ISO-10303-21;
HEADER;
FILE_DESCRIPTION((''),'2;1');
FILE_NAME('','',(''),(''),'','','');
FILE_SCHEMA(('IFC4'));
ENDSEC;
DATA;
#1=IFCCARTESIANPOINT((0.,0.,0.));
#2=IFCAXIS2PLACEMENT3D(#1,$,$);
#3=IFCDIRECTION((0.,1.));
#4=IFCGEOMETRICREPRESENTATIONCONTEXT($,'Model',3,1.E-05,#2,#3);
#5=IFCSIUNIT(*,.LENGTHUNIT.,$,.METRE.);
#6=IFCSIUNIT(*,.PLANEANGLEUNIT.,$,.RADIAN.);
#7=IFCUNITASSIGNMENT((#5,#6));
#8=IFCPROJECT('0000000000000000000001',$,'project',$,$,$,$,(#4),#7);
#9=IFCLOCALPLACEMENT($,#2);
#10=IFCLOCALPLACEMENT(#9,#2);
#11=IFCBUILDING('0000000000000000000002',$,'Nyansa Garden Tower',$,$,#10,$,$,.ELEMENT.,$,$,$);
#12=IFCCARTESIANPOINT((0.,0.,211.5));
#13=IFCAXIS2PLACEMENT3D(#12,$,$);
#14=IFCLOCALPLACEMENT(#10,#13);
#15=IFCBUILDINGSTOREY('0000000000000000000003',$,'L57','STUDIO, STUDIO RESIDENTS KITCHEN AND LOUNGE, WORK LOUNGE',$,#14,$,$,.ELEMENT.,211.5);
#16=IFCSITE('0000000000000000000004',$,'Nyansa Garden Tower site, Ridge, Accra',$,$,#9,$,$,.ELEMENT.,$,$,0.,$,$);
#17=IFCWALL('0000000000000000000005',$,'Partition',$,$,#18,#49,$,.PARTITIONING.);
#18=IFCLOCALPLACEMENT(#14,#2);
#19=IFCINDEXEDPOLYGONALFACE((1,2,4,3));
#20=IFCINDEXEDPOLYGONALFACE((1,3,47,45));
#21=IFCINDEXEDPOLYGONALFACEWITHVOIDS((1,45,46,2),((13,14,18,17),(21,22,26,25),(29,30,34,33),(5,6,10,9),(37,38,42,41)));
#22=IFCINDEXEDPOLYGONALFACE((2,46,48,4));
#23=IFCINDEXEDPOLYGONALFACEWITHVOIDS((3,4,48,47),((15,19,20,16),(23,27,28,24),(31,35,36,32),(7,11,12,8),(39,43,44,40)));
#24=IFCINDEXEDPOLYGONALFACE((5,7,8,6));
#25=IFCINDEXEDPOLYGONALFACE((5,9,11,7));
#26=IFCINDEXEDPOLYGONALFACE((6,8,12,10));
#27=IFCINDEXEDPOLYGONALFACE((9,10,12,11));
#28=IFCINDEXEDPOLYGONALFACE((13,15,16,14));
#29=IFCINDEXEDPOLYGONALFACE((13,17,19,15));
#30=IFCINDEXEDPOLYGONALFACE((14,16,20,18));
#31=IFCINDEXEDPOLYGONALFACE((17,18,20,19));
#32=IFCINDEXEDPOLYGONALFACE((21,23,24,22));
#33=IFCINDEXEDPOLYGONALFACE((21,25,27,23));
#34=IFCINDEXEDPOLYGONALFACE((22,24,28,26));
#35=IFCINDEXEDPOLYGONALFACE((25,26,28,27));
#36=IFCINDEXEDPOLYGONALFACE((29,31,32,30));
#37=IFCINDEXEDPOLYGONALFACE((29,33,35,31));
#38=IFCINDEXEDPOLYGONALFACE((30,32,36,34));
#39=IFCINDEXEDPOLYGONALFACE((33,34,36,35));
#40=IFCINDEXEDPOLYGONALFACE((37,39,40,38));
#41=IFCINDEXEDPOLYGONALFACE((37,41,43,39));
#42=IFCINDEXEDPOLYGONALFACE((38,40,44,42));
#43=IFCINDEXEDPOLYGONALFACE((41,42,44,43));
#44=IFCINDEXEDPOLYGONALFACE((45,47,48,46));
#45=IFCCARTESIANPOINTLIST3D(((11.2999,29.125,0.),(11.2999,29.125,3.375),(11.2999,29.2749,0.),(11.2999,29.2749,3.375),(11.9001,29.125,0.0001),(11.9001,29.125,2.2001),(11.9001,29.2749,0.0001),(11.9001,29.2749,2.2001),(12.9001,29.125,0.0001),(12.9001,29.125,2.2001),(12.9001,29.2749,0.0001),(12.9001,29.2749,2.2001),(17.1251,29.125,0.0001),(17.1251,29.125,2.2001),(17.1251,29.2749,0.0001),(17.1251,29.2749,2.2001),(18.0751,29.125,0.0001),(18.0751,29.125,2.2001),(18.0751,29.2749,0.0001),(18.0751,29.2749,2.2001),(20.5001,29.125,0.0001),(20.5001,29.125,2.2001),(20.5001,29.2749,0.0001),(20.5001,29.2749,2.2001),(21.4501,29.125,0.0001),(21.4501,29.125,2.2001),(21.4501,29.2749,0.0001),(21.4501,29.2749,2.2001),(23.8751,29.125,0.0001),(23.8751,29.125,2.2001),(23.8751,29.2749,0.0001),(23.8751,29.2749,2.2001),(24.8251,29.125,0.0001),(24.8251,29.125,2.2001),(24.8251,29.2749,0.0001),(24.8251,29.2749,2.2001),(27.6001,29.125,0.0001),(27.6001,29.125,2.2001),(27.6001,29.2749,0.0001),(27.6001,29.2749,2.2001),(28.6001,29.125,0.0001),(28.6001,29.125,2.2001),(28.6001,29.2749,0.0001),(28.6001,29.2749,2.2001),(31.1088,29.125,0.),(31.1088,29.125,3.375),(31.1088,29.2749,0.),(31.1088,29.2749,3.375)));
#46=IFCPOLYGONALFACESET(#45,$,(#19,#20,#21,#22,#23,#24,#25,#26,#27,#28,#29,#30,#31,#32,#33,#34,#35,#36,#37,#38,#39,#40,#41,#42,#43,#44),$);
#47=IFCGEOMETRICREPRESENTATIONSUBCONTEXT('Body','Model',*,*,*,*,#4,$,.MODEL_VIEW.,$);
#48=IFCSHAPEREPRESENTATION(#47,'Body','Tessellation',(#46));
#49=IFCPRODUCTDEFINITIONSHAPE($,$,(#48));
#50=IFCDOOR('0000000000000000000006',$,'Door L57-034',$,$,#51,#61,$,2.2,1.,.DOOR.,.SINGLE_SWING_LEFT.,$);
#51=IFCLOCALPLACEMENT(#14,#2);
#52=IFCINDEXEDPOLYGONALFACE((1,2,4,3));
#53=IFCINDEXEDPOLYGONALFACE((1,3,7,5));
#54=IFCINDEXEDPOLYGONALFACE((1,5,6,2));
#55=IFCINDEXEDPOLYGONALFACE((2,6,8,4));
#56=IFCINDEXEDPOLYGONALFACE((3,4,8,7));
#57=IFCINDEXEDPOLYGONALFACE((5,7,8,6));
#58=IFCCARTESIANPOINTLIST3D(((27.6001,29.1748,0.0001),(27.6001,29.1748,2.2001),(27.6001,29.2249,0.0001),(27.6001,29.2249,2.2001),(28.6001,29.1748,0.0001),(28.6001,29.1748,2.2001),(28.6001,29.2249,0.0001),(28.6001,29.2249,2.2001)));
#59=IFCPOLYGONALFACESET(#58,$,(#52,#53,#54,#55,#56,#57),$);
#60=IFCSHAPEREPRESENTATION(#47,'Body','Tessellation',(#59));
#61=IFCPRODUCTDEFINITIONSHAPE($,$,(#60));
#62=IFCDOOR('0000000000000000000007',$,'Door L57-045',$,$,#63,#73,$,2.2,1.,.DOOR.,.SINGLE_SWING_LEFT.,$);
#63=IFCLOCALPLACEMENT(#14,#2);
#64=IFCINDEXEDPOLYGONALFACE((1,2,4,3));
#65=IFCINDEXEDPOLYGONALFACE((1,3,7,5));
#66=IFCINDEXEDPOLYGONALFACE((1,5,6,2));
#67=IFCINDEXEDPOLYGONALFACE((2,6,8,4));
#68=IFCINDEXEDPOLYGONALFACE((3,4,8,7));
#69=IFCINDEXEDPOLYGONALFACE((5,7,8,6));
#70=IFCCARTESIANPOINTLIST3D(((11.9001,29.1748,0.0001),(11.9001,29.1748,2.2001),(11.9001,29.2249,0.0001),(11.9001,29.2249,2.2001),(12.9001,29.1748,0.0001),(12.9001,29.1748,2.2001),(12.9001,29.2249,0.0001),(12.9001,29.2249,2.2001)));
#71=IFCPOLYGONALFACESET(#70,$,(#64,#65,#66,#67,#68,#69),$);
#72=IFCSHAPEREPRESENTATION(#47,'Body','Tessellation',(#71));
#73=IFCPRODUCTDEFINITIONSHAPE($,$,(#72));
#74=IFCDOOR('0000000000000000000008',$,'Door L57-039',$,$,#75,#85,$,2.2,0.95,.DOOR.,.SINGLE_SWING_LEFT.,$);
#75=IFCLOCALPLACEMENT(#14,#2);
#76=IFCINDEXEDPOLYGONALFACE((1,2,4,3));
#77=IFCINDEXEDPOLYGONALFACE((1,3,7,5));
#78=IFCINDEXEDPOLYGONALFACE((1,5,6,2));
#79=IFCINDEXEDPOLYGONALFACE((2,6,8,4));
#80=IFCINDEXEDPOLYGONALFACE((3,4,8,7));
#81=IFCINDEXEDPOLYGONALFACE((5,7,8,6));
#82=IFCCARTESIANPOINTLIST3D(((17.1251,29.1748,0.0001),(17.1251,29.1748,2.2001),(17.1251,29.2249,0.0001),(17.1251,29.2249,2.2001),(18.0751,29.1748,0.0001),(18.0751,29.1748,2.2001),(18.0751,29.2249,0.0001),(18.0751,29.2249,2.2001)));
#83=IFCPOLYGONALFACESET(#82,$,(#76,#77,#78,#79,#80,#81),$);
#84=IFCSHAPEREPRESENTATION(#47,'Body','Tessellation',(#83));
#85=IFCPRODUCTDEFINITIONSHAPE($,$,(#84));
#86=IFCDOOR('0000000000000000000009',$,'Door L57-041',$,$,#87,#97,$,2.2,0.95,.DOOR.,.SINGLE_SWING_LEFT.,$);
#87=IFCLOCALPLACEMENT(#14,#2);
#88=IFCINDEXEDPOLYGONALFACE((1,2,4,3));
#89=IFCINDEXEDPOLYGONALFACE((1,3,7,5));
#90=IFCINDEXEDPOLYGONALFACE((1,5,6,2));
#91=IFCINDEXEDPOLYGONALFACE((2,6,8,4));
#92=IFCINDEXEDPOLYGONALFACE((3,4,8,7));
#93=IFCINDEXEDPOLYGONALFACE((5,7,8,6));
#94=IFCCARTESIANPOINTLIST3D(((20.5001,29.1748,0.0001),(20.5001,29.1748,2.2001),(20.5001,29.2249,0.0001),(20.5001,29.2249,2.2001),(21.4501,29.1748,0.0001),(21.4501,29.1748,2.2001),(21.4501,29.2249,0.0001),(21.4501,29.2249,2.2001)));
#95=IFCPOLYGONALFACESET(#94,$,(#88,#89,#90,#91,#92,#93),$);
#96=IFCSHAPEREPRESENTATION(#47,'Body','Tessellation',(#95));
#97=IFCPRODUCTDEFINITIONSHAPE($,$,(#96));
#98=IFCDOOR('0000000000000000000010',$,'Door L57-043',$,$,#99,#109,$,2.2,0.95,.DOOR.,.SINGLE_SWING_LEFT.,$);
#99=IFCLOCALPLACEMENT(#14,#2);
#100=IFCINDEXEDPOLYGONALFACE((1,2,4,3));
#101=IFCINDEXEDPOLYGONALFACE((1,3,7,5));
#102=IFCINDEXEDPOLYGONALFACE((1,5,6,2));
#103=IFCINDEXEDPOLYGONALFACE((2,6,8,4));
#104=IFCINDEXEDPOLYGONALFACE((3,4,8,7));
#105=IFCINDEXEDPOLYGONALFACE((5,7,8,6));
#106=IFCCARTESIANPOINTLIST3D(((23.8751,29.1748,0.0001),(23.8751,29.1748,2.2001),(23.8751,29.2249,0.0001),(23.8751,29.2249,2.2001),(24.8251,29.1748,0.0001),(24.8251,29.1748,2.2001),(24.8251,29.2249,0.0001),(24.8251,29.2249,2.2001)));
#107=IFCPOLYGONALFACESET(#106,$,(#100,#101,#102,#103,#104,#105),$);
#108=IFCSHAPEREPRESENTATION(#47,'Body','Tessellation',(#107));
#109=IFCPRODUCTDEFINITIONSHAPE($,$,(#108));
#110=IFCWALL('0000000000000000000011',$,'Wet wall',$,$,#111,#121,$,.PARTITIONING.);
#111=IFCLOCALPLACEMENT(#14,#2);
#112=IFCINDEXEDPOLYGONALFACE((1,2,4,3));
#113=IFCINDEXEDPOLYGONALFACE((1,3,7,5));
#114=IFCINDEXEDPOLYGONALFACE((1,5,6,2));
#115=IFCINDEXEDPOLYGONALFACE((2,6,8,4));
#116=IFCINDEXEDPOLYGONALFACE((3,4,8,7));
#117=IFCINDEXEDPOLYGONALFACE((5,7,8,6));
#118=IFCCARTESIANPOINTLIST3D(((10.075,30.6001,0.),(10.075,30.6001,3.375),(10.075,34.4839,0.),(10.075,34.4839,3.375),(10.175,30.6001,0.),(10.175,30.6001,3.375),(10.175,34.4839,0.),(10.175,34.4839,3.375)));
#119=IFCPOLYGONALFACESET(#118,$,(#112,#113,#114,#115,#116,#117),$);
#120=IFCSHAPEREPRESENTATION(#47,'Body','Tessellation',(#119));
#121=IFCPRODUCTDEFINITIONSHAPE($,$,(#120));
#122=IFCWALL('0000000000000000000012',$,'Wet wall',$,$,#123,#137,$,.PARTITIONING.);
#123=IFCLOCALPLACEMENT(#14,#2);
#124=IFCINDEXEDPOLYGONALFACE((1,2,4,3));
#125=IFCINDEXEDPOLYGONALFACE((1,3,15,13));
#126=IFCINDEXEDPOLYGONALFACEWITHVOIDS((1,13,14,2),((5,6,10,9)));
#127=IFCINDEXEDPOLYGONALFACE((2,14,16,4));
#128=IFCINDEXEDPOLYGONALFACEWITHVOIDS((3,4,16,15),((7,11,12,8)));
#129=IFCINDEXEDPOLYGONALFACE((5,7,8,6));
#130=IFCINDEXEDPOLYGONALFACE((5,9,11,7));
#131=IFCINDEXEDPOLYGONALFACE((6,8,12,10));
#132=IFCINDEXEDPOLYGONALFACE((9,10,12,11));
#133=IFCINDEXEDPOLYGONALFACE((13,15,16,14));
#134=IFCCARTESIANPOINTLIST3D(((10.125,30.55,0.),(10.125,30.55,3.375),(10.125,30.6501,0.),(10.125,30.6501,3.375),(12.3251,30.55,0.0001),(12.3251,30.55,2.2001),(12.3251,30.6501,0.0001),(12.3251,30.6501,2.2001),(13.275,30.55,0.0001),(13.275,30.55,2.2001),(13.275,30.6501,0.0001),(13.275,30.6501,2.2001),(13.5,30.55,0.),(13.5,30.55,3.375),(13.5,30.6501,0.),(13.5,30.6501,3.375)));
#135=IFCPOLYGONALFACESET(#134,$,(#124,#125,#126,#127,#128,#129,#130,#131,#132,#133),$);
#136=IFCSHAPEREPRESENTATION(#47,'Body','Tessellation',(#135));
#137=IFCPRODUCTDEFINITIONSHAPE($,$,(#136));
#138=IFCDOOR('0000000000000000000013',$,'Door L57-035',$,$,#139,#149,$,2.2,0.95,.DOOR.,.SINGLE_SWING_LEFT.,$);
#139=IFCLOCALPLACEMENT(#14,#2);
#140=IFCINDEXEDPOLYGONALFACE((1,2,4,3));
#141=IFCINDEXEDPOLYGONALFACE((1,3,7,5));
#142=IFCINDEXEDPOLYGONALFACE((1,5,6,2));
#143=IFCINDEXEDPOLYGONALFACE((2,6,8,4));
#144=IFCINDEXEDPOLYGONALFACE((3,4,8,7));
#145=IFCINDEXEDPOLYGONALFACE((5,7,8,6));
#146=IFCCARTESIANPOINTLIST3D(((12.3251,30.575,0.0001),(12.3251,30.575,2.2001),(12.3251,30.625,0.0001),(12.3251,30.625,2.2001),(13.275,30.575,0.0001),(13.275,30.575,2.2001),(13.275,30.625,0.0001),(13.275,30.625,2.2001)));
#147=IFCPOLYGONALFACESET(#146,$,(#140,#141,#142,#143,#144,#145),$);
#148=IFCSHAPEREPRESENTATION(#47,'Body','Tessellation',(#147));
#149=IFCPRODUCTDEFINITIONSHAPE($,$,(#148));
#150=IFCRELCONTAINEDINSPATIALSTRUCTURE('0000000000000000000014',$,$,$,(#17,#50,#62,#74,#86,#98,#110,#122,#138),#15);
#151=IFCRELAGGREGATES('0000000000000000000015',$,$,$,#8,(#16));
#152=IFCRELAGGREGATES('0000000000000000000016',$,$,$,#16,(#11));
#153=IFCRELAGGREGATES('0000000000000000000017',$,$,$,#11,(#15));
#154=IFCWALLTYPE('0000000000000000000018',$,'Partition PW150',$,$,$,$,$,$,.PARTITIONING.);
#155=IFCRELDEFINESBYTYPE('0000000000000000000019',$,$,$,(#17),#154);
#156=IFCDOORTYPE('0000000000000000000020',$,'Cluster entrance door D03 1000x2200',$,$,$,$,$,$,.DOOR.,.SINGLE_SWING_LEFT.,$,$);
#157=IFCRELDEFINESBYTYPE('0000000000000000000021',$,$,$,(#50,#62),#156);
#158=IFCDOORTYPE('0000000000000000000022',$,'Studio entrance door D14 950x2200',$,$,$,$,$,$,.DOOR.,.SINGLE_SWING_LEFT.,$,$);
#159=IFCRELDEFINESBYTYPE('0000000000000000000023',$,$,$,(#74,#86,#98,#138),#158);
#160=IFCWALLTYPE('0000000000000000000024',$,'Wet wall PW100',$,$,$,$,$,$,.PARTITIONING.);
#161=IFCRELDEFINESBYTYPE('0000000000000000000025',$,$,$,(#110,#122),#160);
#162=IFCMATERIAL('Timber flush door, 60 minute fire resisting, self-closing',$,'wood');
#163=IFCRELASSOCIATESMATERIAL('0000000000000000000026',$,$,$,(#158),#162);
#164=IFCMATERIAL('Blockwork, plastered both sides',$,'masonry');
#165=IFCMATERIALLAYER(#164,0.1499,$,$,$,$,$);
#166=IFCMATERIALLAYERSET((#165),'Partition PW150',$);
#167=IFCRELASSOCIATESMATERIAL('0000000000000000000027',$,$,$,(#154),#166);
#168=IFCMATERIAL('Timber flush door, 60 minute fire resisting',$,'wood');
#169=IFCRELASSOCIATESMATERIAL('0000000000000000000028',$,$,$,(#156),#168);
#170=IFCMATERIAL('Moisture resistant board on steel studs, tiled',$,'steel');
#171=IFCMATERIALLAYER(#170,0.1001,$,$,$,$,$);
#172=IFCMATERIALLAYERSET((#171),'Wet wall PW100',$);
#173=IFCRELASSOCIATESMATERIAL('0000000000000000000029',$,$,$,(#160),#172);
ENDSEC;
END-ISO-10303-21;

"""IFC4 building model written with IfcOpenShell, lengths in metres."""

from ifc_helpers import new_model, si_unit, direction, frame, frame_2d, origin, place, context, subcontext, project, spatial, rectangle, extrude, material, layer, layer_set, type_object, element, fill, save


model = new_model("IFC4")

# Units and contexts
model_context = context("Model", 3, precision=1e-05, world=origin(), true_north=direction((0.0, 1.0)))
body_context = subcontext(model_context, "Body", "Model", "MODEL_VIEW")
ifc_project = project(units=[si_unit("LENGTHUNIT", "METRE"), si_unit("PLANEANGLEUNIT", "RADIAN")], contexts=[model_context])

# Site, building, storey
site_placement = place(None, origin())
site = spatial("IfcSite", under=ifc_project, at=site_placement, Name="Nyansa Garden Tower site, Ridge, Accra", CompositionType="ELEMENT", RefElevation=0.0)
building_placement = place(site_placement, origin())
building = spatial("IfcBuilding", under=site, at=building_placement, Name="Nyansa Garden Tower", CompositionType="ELEMENT")
storey_placement = place(building_placement, frame((0.0, 0.0, 211.5)))
storey = spatial("IfcBuildingStorey", under=building, at=storey_placement, Name="L57", Description="STUDIO, STUDIO RESIDENTS KITCHEN AND LOUNGE, WORK LOUNGE", CompositionType="ELEMENT", Elevation=211.5)

# Shared definitions
ifc_material_1 = material(Name="Timber flush door, 60 minute fire resisting, self-closing", Category="wood")
door_type_1 = type_object("IfcDoorType", Name="Studio entrance door D14 950x2200", OperationType="SINGLE_SWING_LEFT", PredefinedType="DOOR", material=ifc_material_1)

# Wall, openings, doors
ifc_material_2 = material(Name="Blockwork, plastered both sides", Category="masonry")
ifc_layer_1 = layer(ifc_material_2, 0.1499)
ifc_layer_set_1 = layer_set([ifc_layer_1], Name="Partition PW150")
wall_type_1 = type_object("IfcWallType", Name="Partition PW150", PredefinedType="PARTITIONING", material=ifc_layer_set_1)
wall_1_placement = place(storey_placement, frame((11.3, 29.2, 0.0), z_axis=(0.0, 0.0, 1.0), x_axis=(1.0, 0.0, 0.0)))
wall_1 = element("IfcWall", 1, at=wall_1_placement, inside=storey, type_object=wall_type_1, Name="Partition", PredefinedType="PARTITIONING", context=body_context, shape_type="SweptSolid", body=[
    extrude(rectangle(XDim=19.8088, YDim=0.1499, at=frame_2d((9.9043, 0.0))), origin(), (0.0, 0.0, 1.0), 3.375),
])
opening_1_placement = place(wall_1_placement, frame((16.3, 0.0, 0.0)))
opening_1 = element("IfcOpeningElement", 2, at=opening_1_placement, cuts=wall_1, PredefinedType="OPENING", context=body_context, shape_type="SweptSolid", body=[
    extrude(rectangle(XDim=1.0, YDim=2.2, at=frame_2d((0.5, 1.1001))), frame((0.0, 0.085, 0.0), z_axis=(0.0, -1.0, 0.0), x_axis=(1.0, 0.0, 0.0)), (0.0, 0.0, 1.0), 0.1699),
])
opening_2_placement = place(wall_1_placement, frame((5.825, 0.0, 0.0)))
opening_2 = element("IfcOpeningElement", 3, at=opening_2_placement, cuts=wall_1, PredefinedType="OPENING", context=body_context, shape_type="SweptSolid", body=[
    extrude(rectangle(XDim=0.95, YDim=2.2, at=frame_2d((0.4751, 1.1001))), frame((0.0, 0.085, 0.0), z_axis=(0.0, -1.0, 0.0), x_axis=(1.0, 0.0, 0.0)), (0.0, 0.0, 1.0), 0.1699),
])
opening_3_placement = place(wall_1_placement, frame((9.2, 0.0, 0.0)))
opening_3 = element("IfcOpeningElement", 4, at=opening_3_placement, cuts=wall_1, PredefinedType="OPENING", context=body_context, shape_type="SweptSolid", body=[
    extrude(rectangle(XDim=0.95, YDim=2.2, at=frame_2d((0.4751, 1.1001))), frame((0.0, 0.085, 0.0), z_axis=(0.0, -1.0, 0.0), x_axis=(1.0, 0.0, 0.0)), (0.0, 0.0, 1.0), 0.1699),
])
opening_4_placement = place(wall_1_placement, frame((12.575, 0.0, 0.0)))
opening_4 = element("IfcOpeningElement", 5, at=opening_4_placement, cuts=wall_1, PredefinedType="OPENING", context=body_context, shape_type="SweptSolid", body=[
    extrude(rectangle(XDim=0.95, YDim=2.2, at=frame_2d((0.4751, 1.1001))), frame((0.0, 0.085, 0.0), z_axis=(0.0, -1.0, 0.0), x_axis=(1.0, 0.0, 0.0)), (0.0, 0.0, 1.0), 0.1699),
])
opening_5_placement = place(wall_1_placement, frame((0.6001, 0.0, 0.0)))
opening_5 = element("IfcOpeningElement", 6, at=opening_5_placement, cuts=wall_1, PredefinedType="OPENING", context=body_context, shape_type="SweptSolid", body=[
    extrude(rectangle(XDim=1.0, YDim=2.2, at=frame_2d((0.5, 1.1001))), frame((0.0, 0.085, 0.0), z_axis=(0.0, -1.0, 0.0), x_axis=(1.0, 0.0, 0.0)), (0.0, 0.0, 1.0), 0.1699),
])
ifc_material_3 = material(Name="Timber flush door, 60 minute fire resisting", Category="wood")
door_type_2 = type_object("IfcDoorType", Name="Cluster entrance door D03 1000x2200", OperationType="SINGLE_SWING_LEFT", PredefinedType="DOOR", material=ifc_material_3)
door_1_placement = place(opening_1_placement, origin())
door_1 = element("IfcDoor", 7, at=door_1_placement, inside=storey, type_object=door_type_2, Name="Door L57-034", OperationType="SINGLE_SWING_LEFT", OverallHeight=2.2, OverallWidth=1.0, PredefinedType="DOOR", context=body_context, shape_type="SweptSolid", body=[
    extrude(rectangle(XDim=1.0, YDim=2.2, at=frame_2d((0.5, 1.1001))), frame((0.0, 0.0249, 0.0), z_axis=(0.0, -1.0, 0.0), x_axis=(1.0, 0.0, 0.0)), (0.0, 0.0, 1.0), 0.05),
])
fill(opening_1, door_1)
door_2_placement = place(opening_5_placement, origin())
door_2 = element("IfcDoor", 8, at=door_2_placement, inside=storey, type_object=door_type_2, Name="Door L57-045", OperationType="SINGLE_SWING_LEFT", OverallHeight=2.2, OverallWidth=1.0, PredefinedType="DOOR", context=body_context, shape_type="SweptSolid", body=[
    extrude(rectangle(XDim=1.0, YDim=2.2, at=frame_2d((0.5, 1.1001))), frame((0.0, 0.0249, 0.0), z_axis=(0.0, -1.0, 0.0), x_axis=(1.0, 0.0, 0.0)), (0.0, 0.0, 1.0), 0.05),
])
fill(opening_5, door_2)
door_3_placement = place(opening_2_placement, origin())
door_3 = element("IfcDoor", 9, at=door_3_placement, inside=storey, type_object=door_type_1, Name="Door L57-039", OperationType="SINGLE_SWING_LEFT", OverallHeight=2.2, OverallWidth=0.95, PredefinedType="DOOR", context=body_context, shape_type="SweptSolid", body=[
    extrude(rectangle(XDim=0.95, YDim=2.2, at=frame_2d((0.4751, 1.1001))), frame((0.0, 0.0249, 0.0), z_axis=(0.0, -1.0, 0.0), x_axis=(1.0, 0.0, 0.0)), (0.0, 0.0, 1.0), 0.05),
])
fill(opening_2, door_3)
door_4_placement = place(opening_3_placement, origin())
door_4 = element("IfcDoor", 10, at=door_4_placement, inside=storey, type_object=door_type_1, Name="Door L57-041", OperationType="SINGLE_SWING_LEFT", OverallHeight=2.2, OverallWidth=0.95, PredefinedType="DOOR", context=body_context, shape_type="SweptSolid", body=[
    extrude(rectangle(XDim=0.95, YDim=2.2, at=frame_2d((0.4751, 1.1001))), frame((0.0, 0.0249, 0.0), z_axis=(0.0, -1.0, 0.0), x_axis=(1.0, 0.0, 0.0)), (0.0, 0.0, 1.0), 0.05),
])
fill(opening_3, door_4)
door_5_placement = place(opening_4_placement, origin())
door_5 = element("IfcDoor", 11, at=door_5_placement, inside=storey, type_object=door_type_1, Name="Door L57-043", OperationType="SINGLE_SWING_LEFT", OverallHeight=2.2, OverallWidth=0.95, PredefinedType="DOOR", context=body_context, shape_type="SweptSolid", body=[
    extrude(rectangle(XDim=0.95, YDim=2.2, at=frame_2d((0.4751, 1.1001))), frame((0.0, 0.0249, 0.0), z_axis=(0.0, -1.0, 0.0), x_axis=(1.0, 0.0, 0.0)), (0.0, 0.0, 1.0), 0.05),
])
fill(opening_4, door_5)

# Wall
ifc_material_4 = material(Name="Moisture resistant board on steel studs, tiled", Category="steel")
ifc_layer_2 = layer(ifc_material_4, 0.1001)
ifc_layer_set_2 = layer_set([ifc_layer_2], Name="Wet wall PW100")
wall_type_2 = type_object("IfcWallType", Name="Wet wall PW100", PredefinedType="PARTITIONING", material=ifc_layer_set_2)
wall_2_placement = place(storey_placement, frame((10.125, 30.6001, 0.0), z_axis=(0.0, 0.0, 1.0), x_axis=(0.0, 1.0, 0.0)))
element("IfcWall", 12, at=wall_2_placement, inside=storey, type_object=wall_type_2, Name="Wet wall", PredefinedType="PARTITIONING", context=body_context, shape_type="SweptSolid", body=[
    extrude(rectangle(XDim=3.8838, YDim=0.1001, at=frame_2d((1.9419, 0.0))), origin(), (0.0, 0.0, 1.0), 3.375),
])

# Wall, opening, door
wall_3_placement = place(storey_placement, frame((10.125, 30.6001, 0.0), z_axis=(0.0, 0.0, 1.0), x_axis=(1.0, 0.0, 0.0)))
wall_3 = element("IfcWall", 13, at=wall_3_placement, inside=storey, type_object=wall_type_2, Name="Wet wall", PredefinedType="PARTITIONING", context=body_context, shape_type="SweptSolid", body=[
    extrude(rectangle(XDim=3.375, YDim=0.1001, at=frame_2d((1.6875, 0.0))), origin(), (0.0, 0.0, 1.0), 3.375),
])
opening_6_placement = place(wall_3_placement, frame((2.2, 0.0, 0.0)))
opening_6 = element("IfcOpeningElement", 14, at=opening_6_placement, cuts=wall_3, PredefinedType="OPENING", context=body_context, shape_type="SweptSolid", body=[
    extrude(rectangle(XDim=0.95, YDim=2.2, at=frame_2d((0.4751, 1.1001))), frame((0.0, 0.0601, 0.0), z_axis=(0.0, -1.0, 0.0), x_axis=(1.0, 0.0, 0.0)), (0.0, 0.0, 1.0), 0.1201),
])
door_6_placement = place(opening_6_placement, origin())
door_6 = element("IfcDoor", 15, at=door_6_placement, inside=storey, type_object=door_type_1, Name="Door L57-035", OperationType="SINGLE_SWING_LEFT", OverallHeight=2.2, OverallWidth=0.95, PredefinedType="DOOR", context=body_context, shape_type="SweptSolid", body=[
    extrude(rectangle(XDim=0.95, YDim=2.2, at=frame_2d((0.4751, 1.1001))), frame((0.0, 0.0249, 0.0), z_axis=(0.0, -1.0, 0.0), x_axis=(1.0, 0.0, 0.0)), (0.0, 0.0, 1.0), 0.05),
])
fill(opening_6, door_6)

save(model, "model.ifc")
